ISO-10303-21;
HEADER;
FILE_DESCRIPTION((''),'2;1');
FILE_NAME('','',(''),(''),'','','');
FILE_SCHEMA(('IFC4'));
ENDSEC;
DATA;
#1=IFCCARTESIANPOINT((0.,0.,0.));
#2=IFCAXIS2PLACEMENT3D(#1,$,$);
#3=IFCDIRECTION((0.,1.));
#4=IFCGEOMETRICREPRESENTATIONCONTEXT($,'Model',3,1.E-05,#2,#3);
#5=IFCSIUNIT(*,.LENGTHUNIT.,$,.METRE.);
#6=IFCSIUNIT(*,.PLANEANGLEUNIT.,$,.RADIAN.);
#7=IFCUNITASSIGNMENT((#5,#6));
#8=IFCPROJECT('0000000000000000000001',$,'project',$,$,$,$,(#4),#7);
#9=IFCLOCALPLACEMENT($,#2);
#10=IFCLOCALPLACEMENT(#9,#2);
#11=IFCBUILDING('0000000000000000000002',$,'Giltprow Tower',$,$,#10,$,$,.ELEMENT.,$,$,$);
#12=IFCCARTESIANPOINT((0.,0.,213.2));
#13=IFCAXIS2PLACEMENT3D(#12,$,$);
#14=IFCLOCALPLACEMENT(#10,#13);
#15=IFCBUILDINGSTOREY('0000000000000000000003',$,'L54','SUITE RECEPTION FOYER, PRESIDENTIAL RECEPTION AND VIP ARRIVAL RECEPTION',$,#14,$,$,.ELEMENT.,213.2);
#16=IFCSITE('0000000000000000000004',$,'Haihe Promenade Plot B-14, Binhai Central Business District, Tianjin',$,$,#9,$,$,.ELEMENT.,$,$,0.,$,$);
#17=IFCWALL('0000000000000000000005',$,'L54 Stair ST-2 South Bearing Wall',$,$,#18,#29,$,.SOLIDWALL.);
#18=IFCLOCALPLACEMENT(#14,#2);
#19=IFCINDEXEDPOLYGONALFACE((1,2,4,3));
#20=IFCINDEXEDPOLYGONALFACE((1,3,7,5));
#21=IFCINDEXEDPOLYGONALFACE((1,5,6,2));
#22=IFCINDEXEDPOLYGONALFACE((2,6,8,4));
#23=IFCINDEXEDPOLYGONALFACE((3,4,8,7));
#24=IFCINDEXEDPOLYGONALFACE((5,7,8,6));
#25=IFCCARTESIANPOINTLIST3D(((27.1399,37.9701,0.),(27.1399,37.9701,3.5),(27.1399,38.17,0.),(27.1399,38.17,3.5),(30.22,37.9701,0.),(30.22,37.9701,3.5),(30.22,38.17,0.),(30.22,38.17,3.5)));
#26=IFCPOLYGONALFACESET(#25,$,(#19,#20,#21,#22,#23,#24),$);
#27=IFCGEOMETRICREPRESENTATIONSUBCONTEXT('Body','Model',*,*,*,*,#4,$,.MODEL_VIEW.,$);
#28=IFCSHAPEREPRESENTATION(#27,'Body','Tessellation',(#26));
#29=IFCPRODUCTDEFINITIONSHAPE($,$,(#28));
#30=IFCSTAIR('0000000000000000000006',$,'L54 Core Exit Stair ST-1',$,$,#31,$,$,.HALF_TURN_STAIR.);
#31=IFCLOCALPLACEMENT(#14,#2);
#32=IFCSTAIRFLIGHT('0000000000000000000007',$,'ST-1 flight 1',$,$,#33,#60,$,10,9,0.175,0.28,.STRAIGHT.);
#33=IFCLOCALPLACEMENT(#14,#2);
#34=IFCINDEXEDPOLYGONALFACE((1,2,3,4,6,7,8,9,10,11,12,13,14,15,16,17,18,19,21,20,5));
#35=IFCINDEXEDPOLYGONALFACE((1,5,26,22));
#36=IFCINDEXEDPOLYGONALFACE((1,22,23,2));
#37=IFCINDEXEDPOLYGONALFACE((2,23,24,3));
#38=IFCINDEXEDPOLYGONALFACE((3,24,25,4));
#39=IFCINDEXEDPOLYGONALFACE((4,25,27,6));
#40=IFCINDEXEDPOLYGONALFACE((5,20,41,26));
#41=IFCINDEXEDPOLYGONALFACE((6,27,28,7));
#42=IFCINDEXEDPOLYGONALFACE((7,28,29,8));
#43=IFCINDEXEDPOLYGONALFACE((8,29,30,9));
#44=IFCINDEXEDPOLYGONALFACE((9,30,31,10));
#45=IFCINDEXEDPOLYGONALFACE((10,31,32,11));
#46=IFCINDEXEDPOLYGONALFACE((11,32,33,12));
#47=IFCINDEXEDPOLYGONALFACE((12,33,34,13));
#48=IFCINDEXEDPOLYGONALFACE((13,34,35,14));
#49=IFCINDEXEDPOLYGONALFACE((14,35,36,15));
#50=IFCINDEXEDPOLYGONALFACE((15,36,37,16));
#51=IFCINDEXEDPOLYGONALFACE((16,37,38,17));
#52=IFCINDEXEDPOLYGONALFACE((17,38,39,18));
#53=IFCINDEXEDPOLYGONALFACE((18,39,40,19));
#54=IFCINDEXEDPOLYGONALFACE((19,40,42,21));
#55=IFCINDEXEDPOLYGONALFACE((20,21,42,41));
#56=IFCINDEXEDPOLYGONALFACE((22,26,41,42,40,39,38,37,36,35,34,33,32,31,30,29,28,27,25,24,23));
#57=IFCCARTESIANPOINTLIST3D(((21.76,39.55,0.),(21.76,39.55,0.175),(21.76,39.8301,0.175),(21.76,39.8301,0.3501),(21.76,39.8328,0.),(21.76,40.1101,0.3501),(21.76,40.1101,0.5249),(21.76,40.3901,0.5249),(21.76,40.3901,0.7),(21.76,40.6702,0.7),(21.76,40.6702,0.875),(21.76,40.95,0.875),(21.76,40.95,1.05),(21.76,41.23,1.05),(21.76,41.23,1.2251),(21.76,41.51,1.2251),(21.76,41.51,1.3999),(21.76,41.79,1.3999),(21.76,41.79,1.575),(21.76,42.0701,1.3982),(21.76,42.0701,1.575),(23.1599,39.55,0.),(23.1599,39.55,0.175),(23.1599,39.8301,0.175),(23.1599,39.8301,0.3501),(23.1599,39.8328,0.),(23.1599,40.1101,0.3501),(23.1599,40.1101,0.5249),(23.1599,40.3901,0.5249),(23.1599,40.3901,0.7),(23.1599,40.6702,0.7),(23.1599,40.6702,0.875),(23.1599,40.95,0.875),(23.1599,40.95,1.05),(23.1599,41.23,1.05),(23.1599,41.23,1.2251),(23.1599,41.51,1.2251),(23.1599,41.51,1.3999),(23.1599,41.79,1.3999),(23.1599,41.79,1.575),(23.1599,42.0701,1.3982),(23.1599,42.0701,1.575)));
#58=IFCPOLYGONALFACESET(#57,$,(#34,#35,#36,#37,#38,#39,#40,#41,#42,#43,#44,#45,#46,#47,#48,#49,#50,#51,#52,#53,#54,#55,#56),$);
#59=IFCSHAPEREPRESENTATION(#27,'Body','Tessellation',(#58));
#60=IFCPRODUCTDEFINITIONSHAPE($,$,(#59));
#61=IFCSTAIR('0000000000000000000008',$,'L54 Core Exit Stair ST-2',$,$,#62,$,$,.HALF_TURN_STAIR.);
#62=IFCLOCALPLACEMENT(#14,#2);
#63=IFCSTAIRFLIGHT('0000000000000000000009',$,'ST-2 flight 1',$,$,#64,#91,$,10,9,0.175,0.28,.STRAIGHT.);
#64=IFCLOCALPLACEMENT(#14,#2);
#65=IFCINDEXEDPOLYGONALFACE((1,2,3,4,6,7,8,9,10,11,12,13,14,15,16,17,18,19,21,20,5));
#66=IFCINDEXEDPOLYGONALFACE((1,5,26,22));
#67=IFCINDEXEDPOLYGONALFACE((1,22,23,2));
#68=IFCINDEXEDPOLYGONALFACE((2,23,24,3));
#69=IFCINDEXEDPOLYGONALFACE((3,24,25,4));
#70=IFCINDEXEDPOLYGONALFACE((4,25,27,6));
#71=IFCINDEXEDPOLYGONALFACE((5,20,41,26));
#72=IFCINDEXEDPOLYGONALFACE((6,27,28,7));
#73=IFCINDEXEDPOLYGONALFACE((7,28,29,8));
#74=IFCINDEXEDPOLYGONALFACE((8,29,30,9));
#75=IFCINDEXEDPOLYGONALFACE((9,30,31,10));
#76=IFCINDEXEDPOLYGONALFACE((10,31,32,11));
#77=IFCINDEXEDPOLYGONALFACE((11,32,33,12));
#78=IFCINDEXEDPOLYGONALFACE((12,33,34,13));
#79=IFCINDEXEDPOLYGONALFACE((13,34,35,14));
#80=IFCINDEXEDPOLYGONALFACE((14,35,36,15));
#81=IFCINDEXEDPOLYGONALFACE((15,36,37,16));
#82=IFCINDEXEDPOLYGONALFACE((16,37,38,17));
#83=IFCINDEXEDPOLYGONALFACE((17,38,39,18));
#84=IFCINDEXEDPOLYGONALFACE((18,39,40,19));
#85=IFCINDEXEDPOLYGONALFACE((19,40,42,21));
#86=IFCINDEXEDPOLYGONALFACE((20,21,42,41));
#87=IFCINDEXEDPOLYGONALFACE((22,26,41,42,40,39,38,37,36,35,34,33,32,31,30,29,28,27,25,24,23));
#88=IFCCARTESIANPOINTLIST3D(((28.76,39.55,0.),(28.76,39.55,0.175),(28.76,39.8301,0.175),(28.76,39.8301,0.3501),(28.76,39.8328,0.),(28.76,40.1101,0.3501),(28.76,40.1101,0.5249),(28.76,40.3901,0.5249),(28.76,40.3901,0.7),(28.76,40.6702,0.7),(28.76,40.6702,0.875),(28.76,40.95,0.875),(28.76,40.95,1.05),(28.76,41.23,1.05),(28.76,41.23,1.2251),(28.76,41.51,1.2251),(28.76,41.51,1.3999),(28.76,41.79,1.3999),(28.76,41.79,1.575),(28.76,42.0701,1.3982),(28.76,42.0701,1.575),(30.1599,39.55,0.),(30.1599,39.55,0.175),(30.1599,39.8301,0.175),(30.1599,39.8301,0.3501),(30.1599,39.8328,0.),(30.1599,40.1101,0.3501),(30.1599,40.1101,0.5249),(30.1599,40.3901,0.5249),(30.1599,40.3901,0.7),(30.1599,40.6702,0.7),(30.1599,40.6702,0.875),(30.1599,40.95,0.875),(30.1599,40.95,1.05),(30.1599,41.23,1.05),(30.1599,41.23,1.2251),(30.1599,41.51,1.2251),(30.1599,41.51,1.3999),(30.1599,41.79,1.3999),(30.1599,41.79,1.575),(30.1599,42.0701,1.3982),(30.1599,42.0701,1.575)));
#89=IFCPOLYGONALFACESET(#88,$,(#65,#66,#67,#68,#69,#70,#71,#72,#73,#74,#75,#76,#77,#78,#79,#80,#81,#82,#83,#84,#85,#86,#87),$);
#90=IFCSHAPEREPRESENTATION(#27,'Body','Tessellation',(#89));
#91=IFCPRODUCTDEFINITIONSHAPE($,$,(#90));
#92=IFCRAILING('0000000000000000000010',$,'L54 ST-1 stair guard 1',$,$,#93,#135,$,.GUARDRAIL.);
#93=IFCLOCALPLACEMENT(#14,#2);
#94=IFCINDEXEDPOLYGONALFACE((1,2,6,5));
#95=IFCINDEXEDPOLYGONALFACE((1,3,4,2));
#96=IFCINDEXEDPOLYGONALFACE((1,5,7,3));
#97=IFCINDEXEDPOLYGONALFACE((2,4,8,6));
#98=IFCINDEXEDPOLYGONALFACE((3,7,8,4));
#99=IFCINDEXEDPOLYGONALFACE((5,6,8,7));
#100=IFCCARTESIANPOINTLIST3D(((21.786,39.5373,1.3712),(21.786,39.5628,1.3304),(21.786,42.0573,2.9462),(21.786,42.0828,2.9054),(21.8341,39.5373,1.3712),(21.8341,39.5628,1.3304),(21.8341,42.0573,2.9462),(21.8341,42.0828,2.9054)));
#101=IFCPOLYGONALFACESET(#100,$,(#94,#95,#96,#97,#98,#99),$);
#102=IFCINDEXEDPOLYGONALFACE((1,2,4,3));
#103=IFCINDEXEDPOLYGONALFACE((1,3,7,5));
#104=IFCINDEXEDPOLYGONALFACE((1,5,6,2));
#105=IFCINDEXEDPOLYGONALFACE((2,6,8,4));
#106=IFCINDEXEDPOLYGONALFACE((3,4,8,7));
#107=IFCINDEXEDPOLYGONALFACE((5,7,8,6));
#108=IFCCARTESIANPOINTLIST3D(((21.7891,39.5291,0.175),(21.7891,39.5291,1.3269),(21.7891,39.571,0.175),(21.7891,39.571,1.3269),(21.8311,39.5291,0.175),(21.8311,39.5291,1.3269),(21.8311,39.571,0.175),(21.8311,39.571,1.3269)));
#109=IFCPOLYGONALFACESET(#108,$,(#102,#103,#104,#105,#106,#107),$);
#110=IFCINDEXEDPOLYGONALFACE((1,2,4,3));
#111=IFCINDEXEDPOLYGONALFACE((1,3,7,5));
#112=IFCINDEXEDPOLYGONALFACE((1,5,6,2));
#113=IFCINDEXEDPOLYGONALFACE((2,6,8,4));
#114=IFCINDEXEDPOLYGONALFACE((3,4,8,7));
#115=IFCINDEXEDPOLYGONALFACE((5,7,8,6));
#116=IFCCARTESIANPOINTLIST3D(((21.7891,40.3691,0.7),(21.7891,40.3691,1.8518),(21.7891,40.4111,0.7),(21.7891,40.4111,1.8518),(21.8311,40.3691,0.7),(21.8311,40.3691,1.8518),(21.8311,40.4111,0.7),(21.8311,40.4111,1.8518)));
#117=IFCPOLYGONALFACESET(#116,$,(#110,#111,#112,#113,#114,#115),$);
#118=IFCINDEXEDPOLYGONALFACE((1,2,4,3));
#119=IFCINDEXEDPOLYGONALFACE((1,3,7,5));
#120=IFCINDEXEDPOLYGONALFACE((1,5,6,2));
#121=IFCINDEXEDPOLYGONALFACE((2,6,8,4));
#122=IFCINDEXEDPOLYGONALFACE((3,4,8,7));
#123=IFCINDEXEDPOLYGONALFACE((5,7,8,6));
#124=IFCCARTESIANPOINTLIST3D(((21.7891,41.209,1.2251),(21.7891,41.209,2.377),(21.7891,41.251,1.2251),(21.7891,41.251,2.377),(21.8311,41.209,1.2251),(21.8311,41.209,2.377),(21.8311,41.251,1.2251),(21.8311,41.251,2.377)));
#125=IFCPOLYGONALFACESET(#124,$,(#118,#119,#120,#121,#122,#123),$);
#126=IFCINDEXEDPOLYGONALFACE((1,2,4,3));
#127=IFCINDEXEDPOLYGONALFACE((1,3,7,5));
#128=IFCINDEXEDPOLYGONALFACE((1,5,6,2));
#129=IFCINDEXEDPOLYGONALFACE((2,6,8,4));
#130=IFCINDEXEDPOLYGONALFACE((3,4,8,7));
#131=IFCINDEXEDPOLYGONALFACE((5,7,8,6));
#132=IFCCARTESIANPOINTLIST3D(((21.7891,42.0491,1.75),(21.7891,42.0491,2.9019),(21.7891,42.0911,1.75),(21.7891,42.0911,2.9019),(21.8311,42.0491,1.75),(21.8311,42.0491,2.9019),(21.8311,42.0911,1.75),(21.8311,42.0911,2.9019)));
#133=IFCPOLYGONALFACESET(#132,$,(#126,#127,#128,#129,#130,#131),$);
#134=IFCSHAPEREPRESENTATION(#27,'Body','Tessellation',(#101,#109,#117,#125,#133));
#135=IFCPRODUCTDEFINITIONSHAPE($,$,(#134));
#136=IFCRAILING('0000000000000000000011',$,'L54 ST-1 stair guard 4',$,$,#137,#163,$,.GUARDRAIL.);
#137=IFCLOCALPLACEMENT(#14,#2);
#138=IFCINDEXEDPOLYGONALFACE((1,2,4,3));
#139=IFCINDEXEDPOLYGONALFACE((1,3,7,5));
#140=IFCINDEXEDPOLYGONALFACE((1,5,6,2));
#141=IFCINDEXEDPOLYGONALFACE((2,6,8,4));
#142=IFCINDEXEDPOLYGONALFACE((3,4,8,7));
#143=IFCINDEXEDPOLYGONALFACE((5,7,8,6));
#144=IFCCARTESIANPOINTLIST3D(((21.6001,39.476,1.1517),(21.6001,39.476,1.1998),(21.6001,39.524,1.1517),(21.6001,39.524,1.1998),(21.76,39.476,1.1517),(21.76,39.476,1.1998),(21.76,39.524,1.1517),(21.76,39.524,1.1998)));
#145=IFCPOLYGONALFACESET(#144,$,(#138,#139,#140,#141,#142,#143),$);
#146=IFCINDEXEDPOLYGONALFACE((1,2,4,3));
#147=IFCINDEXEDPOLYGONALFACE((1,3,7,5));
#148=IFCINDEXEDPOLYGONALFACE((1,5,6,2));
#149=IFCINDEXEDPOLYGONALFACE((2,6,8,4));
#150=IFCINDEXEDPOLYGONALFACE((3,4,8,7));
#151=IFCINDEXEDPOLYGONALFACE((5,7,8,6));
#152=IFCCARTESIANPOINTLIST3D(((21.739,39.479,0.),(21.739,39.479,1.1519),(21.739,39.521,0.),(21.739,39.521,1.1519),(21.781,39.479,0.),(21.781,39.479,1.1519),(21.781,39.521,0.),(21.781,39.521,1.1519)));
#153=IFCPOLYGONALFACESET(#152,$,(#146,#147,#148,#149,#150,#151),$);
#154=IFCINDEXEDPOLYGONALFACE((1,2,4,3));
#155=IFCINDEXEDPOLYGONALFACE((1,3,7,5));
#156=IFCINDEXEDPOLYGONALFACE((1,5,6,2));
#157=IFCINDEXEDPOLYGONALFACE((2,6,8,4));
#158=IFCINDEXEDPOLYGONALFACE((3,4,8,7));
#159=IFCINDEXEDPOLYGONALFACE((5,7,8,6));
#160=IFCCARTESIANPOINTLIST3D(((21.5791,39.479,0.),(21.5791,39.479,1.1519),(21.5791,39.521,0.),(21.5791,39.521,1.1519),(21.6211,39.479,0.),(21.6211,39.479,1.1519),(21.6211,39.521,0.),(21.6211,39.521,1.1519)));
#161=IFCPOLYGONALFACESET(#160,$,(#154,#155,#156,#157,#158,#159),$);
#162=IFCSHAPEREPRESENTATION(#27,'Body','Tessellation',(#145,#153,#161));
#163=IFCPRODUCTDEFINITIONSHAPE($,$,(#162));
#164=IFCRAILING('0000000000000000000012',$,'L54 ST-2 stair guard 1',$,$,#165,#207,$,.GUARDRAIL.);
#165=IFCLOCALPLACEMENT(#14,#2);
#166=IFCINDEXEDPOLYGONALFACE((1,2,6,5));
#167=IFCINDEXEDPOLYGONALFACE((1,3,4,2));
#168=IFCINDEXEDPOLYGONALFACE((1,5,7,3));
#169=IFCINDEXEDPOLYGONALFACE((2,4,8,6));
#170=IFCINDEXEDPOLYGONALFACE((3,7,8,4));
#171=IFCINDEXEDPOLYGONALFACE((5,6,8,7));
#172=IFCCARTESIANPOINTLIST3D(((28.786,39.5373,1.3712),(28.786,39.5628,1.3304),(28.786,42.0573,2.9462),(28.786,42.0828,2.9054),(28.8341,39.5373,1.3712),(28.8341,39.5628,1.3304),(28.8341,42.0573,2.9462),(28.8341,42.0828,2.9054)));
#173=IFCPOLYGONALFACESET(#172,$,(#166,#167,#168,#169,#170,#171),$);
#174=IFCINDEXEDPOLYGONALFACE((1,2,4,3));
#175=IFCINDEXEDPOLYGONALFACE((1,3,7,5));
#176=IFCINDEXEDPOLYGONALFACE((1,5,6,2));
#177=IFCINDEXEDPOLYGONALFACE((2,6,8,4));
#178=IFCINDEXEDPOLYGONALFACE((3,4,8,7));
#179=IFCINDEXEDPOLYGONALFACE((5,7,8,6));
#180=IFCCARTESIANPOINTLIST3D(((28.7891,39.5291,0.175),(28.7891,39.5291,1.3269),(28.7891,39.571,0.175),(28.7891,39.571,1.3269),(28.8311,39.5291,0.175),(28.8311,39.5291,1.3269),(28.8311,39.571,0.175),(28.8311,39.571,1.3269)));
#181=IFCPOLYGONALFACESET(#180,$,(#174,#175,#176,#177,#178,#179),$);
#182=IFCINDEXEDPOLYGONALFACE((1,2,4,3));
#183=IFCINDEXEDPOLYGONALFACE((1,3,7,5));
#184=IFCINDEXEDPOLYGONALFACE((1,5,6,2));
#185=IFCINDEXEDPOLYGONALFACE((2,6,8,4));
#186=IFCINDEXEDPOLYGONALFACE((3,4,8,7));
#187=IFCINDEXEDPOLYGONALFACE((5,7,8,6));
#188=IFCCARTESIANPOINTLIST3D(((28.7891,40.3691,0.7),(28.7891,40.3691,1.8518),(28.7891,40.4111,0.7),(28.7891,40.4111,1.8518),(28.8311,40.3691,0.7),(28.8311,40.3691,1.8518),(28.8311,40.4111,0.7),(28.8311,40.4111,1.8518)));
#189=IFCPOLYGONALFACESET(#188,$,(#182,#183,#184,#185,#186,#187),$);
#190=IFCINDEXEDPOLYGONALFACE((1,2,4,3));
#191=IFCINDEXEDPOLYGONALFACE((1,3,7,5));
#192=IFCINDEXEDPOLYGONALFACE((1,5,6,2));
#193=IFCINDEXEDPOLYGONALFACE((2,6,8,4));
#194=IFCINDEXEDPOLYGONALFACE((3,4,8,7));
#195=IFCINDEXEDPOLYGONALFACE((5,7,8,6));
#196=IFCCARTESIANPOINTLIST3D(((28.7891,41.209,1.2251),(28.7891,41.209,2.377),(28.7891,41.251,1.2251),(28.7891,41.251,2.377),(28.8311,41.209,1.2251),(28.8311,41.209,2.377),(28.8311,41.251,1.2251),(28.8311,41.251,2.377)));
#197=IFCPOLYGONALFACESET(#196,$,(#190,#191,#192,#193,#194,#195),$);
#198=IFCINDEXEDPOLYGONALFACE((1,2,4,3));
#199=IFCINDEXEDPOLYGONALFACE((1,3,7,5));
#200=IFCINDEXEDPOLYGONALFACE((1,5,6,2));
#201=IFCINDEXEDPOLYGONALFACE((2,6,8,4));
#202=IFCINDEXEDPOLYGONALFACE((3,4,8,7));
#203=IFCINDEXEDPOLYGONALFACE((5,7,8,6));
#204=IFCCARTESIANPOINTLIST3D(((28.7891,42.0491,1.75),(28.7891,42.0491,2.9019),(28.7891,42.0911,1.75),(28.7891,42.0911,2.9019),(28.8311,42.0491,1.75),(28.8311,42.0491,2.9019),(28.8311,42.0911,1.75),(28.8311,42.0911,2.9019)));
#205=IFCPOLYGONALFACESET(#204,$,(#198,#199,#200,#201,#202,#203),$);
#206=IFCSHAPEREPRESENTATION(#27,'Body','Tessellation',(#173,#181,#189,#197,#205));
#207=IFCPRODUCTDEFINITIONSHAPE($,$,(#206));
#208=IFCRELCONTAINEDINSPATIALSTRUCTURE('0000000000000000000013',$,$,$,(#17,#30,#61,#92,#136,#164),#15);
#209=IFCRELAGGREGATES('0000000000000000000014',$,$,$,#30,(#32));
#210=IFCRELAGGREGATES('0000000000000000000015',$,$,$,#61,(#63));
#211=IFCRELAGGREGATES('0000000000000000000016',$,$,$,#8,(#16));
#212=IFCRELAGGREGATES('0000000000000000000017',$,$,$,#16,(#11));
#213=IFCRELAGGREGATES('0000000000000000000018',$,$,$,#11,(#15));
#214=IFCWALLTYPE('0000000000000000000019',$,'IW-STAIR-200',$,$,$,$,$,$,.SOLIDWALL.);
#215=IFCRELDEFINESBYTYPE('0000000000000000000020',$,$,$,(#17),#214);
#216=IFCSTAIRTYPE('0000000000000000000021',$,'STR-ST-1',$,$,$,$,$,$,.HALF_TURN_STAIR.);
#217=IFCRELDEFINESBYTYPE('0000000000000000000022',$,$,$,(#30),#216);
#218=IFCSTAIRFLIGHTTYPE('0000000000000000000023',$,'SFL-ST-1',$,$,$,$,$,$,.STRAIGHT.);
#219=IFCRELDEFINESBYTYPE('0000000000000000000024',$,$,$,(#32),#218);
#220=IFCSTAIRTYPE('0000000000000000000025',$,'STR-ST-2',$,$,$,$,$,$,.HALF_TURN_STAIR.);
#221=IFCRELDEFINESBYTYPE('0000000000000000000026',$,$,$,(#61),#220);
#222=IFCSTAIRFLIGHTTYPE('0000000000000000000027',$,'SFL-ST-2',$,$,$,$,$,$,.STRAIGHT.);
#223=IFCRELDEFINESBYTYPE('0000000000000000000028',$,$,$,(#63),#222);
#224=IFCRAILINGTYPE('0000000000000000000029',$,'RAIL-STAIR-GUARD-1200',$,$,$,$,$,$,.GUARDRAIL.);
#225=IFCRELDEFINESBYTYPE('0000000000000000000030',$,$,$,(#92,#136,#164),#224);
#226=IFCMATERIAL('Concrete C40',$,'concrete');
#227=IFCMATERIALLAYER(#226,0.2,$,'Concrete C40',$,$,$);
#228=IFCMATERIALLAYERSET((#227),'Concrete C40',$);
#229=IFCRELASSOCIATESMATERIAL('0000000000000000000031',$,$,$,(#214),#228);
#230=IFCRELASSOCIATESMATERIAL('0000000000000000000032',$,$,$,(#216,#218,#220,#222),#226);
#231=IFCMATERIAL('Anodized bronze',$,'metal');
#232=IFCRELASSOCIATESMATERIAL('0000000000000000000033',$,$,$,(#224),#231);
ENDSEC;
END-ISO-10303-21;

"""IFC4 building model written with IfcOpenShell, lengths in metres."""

from ifc_helpers import new_model, si_unit, direction, frame, frame_2d, origin, origin_2d, place, context, subcontext, project, spatial, polyline, rectangle, outline, extrude, material, layer, layer_set, type_object, element, aggregate, save


model = new_model("IFC4")

# Units and contexts
model_context = context("Model", 3, precision=1e-05, world=origin(), true_north=direction((0.0, 1.0)))
body_context = subcontext(model_context, "Body", "Model", "MODEL_VIEW")
ifc_project = project(units=[si_unit("LENGTHUNIT", "METRE"), si_unit("PLANEANGLEUNIT", "RADIAN")], contexts=[model_context])

# Site, building, storey
site_placement = place(None, origin())
site = spatial("IfcSite", under=ifc_project, at=site_placement, Name="Haihe Promenade Plot B-14, Binhai Central Business District, Tianjin", CompositionType="ELEMENT", RefElevation=0.0)
building_placement = place(site_placement, origin())
building = spatial("IfcBuilding", under=site, at=building_placement, Name="Giltprow Tower", CompositionType="ELEMENT")
storey_placement = place(building_placement, frame((0.0, 0.0, 213.2)))
storey = spatial("IfcBuildingStorey", under=building, at=storey_placement, Name="L54", Description="SUITE RECEPTION FOYER, PRESIDENTIAL RECEPTION AND VIP ARRIVAL RECEPTION", CompositionType="ELEMENT", Elevation=213.2)

# Shared definitions
ifc_material_1 = material(Name="Concrete C40", Category="concrete")
ifc_layer = layer(ifc_material_1, 0.2, Name="Concrete C40")
ifc_layer_set = layer_set([ifc_layer], Name="Concrete C40")
wall_type = type_object("IfcWallType", Name="IW-STAIR-200", PredefinedType="SOLIDWALL", material=ifc_layer_set)

# Wall
wall_1_placement = place(storey_placement, frame((27.1399, 38.0701, 0.0), z_axis=(0.0, 0.0, 1.0), x_axis=(1.0, 0.0, 0.0)))
element("IfcWall", 1, at=wall_1_placement, inside=storey, type_object=wall_type, Name="L54 Stair ST-2 South Bearing Wall", PredefinedType="SOLIDWALL", context=body_context, shape_type="SweptSolid", body=[
    extrude(rectangle(XDim=3.0801, YDim=0.2, at=frame_2d((1.54, 0.0))), origin(), (0.0, 0.0, 1.0), 3.5),
])

# Stairs, stair flights
stair_type_1 = type_object("IfcStairType", Name="STR-ST-1", PredefinedType="HALF_TURN_STAIR", material=ifc_material_1)
stair_1_placement = place(storey_placement, origin())
stair_1 = element("IfcStair", 2, at=stair_1_placement, inside=storey, type_object=stair_type_1, Name="L54 Core Exit Stair ST-1", PredefinedType="HALF_TURN_STAIR")
stair_flight_type_1 = type_object("IfcStairFlightType", Name="SFL-ST-1", PredefinedType="STRAIGHT", material=ifc_material_1)
stair_flight_1_placement = place(storey_placement, frame((22.46, 39.55, 0.0), z_axis=(0.0, 0.0, 1.0), x_axis=(0.0, 1.0, 0.0)))
stair_flight_1 = element("IfcStairFlight", 3, at=stair_flight_1_placement, type_object=stair_flight_type_1, Name="ST-1 flight 1", NumberOfRisers=10, NumberOfTreads=9, PredefinedType="STRAIGHT", RiserHeight=0.175, TreadLength=0.28, context=body_context, shape_type="SweptSolid", body=[
    extrude(outline(polyline([(0.0, 0.0), (0.0, 0.175), (0.28, 0.175), (0.28, 0.3501), (0.5601, 0.3501), (0.5601, 0.5249), (0.8401, 0.5249), (0.8401, 0.7), (1.1201, 0.7), (1.1201, 0.875), (1.3999, 0.875), (1.3999, 1.05), (1.6799, 1.05), (1.6799, 1.2251), (1.96, 1.2251), (1.96, 1.3999), (2.24, 1.3999), (2.24, 1.575), (2.52, 1.575), (2.52, 1.75), (2.52, 1.3982), (0.2827, 0.0), (0.0, 0.0)])), frame((0.0, 0.7, 0.0), z_axis=(0.0, -1.0, 0.0), x_axis=(1.0, 0.0, 0.0)), (0.0, 0.0, 1.0), 1.3999),
])
aggregate(stair_1, [stair_flight_1])
stair_type_2 = type_object("IfcStairType", Name="STR-ST-2", PredefinedType="HALF_TURN_STAIR", material=ifc_material_1)
stair_2_placement = place(storey_placement, origin())
stair_2 = element("IfcStair", 4, at=stair_2_placement, inside=storey, type_object=stair_type_2, Name="L54 Core Exit Stair ST-2", PredefinedType="HALF_TURN_STAIR")
stair_flight_type_2 = type_object("IfcStairFlightType", Name="SFL-ST-2", PredefinedType="STRAIGHT", material=ifc_material_1)
stair_flight_2_placement = place(storey_placement, frame((29.46, 39.55, 0.0), z_axis=(0.0, 0.0, 1.0), x_axis=(0.0, 1.0, 0.0)))
stair_flight_2 = element("IfcStairFlight", 5, at=stair_flight_2_placement, type_object=stair_flight_type_2, Name="ST-2 flight 1", NumberOfRisers=10, NumberOfTreads=9, PredefinedType="STRAIGHT", RiserHeight=0.175, TreadLength=0.28, context=body_context, shape_type="SweptSolid", body=[
    extrude(outline(polyline([(0.0, 0.0), (0.0, 0.175), (0.28, 0.175), (0.28, 0.3501), (0.5601, 0.3501), (0.5601, 0.5249), (0.8401, 0.5249), (0.8401, 0.7), (1.1201, 0.7), (1.1201, 0.875), (1.3999, 0.875), (1.3999, 1.05), (1.6799, 1.05), (1.6799, 1.2251), (1.96, 1.2251), (1.96, 1.3999), (2.24, 1.3999), (2.24, 1.575), (2.52, 1.575), (2.52, 1.75), (2.52, 1.3982), (0.2827, 0.0), (0.0, 0.0)])), frame((0.0, 0.7, 0.0), z_axis=(0.0, -1.0, 0.0), x_axis=(1.0, 0.0, 0.0)), (0.0, 0.0, 1.0), 1.3999),
])
aggregate(stair_2, [stair_flight_2])

# Railings
ifc_material_2 = material(Name="Anodized bronze", Category="metal")
railing_type_1 = type_object("IfcRailingType", Name="RAIL-STAIR-GUARD-1200", PredefinedType="GUARDRAIL", material=ifc_material_2)
railing_1_placement = place(storey_placement, frame((21.8101, 39.55, 0.175)))
element("IfcRailing", 6, at=railing_1_placement, inside=storey, type_object=railing_type_1, Name="L54 ST-1 stair guard 1", PredefinedType="GUARDRAIL", context=body_context, shape_type="SweptSolid", body=[
    extrude(rectangle(XDim=0.0481, YDim=0.0481, at=origin_2d()), frame((0.0, 0.0, 1.1758), z_axis=(0.0, 0.848008, 0.529984), x_axis=(-1.0, 0.0, 0.0)), (0.0, 0.0, 1.0), 2.9717),
    extrude(rectangle(XDim=0.042, YDim=0.042, at=origin_2d()), origin(), (0.0, 0.0, 1.0), 1.1519),
    extrude(rectangle(XDim=0.042, YDim=0.042, at=origin_2d()), frame((0.0, 0.8401, 0.5249)), (0.0, 0.0, 1.0), 1.1519),
    extrude(rectangle(XDim=0.042, YDim=0.042, at=origin_2d()), frame((0.0, 1.6799, 1.05)), (0.0, 0.0, 1.0), 1.1519),
    extrude(rectangle(XDim=0.042, YDim=0.042, at=origin_2d()), frame((0.0, 2.52, 1.575)), (0.0, 0.0, 1.0), 1.1519),
])
railing_2_placement = place(storey_placement, frame((21.76, 39.5, 0.0)))
element("IfcRailing", 7, at=railing_2_placement, inside=storey, type_object=railing_type_1, Name="L54 ST-1 stair guard 4", PredefinedType="GUARDRAIL", context=body_context, shape_type="SweptSolid", body=[
    extrude(rectangle(XDim=0.0481, YDim=0.0481, at=origin_2d()), frame((0.0, 0.0, 1.1758), z_axis=(-1.0, 0.0, 0.0), x_axis=(0.0, -1.0, 0.0)), (0.0, 0.0, 1.0), 0.1599),
    extrude(rectangle(XDim=0.042, YDim=0.042, at=origin_2d()), origin(), (0.0, 0.0, 1.0), 1.1519),
    extrude(rectangle(XDim=0.042, YDim=0.042, at=origin_2d()), frame((-0.1599, 0.0, 0.0)), (0.0, 0.0, 1.0), 1.1519),
])
railing_3_placement = place(storey_placement, frame((28.8101, 39.55, 0.175)))
element("IfcRailing", 8, at=railing_3_placement, inside=storey, type_object=railing_type_1, Name="L54 ST-2 stair guard 1", PredefinedType="GUARDRAIL", context=body_context, shape_type="SweptSolid", body=[
    extrude(rectangle(XDim=0.0481, YDim=0.0481, at=origin_2d()), frame((0.0, 0.0, 1.1758), z_axis=(0.0, 0.848008, 0.529984), x_axis=(-1.0, 0.0, 0.0)), (0.0, 0.0, 1.0), 2.9717),
    extrude(rectangle(XDim=0.042, YDim=0.042, at=origin_2d()), origin(), (0.0, 0.0, 1.0), 1.1519),
    extrude(rectangle(XDim=0.042, YDim=0.042, at=origin_2d()), frame((0.0, 0.8401, 0.5249)), (0.0, 0.0, 1.0), 1.1519),
    extrude(rectangle(XDim=0.042, YDim=0.042, at=origin_2d()), frame((0.0, 1.6799, 1.05)), (0.0, 0.0, 1.0), 1.1519),
    extrude(rectangle(XDim=0.042, YDim=0.042, at=origin_2d()), frame((0.0, 2.52, 1.575)), (0.0, 0.0, 1.0), 1.1519),
])

save(model, "model.ifc")
